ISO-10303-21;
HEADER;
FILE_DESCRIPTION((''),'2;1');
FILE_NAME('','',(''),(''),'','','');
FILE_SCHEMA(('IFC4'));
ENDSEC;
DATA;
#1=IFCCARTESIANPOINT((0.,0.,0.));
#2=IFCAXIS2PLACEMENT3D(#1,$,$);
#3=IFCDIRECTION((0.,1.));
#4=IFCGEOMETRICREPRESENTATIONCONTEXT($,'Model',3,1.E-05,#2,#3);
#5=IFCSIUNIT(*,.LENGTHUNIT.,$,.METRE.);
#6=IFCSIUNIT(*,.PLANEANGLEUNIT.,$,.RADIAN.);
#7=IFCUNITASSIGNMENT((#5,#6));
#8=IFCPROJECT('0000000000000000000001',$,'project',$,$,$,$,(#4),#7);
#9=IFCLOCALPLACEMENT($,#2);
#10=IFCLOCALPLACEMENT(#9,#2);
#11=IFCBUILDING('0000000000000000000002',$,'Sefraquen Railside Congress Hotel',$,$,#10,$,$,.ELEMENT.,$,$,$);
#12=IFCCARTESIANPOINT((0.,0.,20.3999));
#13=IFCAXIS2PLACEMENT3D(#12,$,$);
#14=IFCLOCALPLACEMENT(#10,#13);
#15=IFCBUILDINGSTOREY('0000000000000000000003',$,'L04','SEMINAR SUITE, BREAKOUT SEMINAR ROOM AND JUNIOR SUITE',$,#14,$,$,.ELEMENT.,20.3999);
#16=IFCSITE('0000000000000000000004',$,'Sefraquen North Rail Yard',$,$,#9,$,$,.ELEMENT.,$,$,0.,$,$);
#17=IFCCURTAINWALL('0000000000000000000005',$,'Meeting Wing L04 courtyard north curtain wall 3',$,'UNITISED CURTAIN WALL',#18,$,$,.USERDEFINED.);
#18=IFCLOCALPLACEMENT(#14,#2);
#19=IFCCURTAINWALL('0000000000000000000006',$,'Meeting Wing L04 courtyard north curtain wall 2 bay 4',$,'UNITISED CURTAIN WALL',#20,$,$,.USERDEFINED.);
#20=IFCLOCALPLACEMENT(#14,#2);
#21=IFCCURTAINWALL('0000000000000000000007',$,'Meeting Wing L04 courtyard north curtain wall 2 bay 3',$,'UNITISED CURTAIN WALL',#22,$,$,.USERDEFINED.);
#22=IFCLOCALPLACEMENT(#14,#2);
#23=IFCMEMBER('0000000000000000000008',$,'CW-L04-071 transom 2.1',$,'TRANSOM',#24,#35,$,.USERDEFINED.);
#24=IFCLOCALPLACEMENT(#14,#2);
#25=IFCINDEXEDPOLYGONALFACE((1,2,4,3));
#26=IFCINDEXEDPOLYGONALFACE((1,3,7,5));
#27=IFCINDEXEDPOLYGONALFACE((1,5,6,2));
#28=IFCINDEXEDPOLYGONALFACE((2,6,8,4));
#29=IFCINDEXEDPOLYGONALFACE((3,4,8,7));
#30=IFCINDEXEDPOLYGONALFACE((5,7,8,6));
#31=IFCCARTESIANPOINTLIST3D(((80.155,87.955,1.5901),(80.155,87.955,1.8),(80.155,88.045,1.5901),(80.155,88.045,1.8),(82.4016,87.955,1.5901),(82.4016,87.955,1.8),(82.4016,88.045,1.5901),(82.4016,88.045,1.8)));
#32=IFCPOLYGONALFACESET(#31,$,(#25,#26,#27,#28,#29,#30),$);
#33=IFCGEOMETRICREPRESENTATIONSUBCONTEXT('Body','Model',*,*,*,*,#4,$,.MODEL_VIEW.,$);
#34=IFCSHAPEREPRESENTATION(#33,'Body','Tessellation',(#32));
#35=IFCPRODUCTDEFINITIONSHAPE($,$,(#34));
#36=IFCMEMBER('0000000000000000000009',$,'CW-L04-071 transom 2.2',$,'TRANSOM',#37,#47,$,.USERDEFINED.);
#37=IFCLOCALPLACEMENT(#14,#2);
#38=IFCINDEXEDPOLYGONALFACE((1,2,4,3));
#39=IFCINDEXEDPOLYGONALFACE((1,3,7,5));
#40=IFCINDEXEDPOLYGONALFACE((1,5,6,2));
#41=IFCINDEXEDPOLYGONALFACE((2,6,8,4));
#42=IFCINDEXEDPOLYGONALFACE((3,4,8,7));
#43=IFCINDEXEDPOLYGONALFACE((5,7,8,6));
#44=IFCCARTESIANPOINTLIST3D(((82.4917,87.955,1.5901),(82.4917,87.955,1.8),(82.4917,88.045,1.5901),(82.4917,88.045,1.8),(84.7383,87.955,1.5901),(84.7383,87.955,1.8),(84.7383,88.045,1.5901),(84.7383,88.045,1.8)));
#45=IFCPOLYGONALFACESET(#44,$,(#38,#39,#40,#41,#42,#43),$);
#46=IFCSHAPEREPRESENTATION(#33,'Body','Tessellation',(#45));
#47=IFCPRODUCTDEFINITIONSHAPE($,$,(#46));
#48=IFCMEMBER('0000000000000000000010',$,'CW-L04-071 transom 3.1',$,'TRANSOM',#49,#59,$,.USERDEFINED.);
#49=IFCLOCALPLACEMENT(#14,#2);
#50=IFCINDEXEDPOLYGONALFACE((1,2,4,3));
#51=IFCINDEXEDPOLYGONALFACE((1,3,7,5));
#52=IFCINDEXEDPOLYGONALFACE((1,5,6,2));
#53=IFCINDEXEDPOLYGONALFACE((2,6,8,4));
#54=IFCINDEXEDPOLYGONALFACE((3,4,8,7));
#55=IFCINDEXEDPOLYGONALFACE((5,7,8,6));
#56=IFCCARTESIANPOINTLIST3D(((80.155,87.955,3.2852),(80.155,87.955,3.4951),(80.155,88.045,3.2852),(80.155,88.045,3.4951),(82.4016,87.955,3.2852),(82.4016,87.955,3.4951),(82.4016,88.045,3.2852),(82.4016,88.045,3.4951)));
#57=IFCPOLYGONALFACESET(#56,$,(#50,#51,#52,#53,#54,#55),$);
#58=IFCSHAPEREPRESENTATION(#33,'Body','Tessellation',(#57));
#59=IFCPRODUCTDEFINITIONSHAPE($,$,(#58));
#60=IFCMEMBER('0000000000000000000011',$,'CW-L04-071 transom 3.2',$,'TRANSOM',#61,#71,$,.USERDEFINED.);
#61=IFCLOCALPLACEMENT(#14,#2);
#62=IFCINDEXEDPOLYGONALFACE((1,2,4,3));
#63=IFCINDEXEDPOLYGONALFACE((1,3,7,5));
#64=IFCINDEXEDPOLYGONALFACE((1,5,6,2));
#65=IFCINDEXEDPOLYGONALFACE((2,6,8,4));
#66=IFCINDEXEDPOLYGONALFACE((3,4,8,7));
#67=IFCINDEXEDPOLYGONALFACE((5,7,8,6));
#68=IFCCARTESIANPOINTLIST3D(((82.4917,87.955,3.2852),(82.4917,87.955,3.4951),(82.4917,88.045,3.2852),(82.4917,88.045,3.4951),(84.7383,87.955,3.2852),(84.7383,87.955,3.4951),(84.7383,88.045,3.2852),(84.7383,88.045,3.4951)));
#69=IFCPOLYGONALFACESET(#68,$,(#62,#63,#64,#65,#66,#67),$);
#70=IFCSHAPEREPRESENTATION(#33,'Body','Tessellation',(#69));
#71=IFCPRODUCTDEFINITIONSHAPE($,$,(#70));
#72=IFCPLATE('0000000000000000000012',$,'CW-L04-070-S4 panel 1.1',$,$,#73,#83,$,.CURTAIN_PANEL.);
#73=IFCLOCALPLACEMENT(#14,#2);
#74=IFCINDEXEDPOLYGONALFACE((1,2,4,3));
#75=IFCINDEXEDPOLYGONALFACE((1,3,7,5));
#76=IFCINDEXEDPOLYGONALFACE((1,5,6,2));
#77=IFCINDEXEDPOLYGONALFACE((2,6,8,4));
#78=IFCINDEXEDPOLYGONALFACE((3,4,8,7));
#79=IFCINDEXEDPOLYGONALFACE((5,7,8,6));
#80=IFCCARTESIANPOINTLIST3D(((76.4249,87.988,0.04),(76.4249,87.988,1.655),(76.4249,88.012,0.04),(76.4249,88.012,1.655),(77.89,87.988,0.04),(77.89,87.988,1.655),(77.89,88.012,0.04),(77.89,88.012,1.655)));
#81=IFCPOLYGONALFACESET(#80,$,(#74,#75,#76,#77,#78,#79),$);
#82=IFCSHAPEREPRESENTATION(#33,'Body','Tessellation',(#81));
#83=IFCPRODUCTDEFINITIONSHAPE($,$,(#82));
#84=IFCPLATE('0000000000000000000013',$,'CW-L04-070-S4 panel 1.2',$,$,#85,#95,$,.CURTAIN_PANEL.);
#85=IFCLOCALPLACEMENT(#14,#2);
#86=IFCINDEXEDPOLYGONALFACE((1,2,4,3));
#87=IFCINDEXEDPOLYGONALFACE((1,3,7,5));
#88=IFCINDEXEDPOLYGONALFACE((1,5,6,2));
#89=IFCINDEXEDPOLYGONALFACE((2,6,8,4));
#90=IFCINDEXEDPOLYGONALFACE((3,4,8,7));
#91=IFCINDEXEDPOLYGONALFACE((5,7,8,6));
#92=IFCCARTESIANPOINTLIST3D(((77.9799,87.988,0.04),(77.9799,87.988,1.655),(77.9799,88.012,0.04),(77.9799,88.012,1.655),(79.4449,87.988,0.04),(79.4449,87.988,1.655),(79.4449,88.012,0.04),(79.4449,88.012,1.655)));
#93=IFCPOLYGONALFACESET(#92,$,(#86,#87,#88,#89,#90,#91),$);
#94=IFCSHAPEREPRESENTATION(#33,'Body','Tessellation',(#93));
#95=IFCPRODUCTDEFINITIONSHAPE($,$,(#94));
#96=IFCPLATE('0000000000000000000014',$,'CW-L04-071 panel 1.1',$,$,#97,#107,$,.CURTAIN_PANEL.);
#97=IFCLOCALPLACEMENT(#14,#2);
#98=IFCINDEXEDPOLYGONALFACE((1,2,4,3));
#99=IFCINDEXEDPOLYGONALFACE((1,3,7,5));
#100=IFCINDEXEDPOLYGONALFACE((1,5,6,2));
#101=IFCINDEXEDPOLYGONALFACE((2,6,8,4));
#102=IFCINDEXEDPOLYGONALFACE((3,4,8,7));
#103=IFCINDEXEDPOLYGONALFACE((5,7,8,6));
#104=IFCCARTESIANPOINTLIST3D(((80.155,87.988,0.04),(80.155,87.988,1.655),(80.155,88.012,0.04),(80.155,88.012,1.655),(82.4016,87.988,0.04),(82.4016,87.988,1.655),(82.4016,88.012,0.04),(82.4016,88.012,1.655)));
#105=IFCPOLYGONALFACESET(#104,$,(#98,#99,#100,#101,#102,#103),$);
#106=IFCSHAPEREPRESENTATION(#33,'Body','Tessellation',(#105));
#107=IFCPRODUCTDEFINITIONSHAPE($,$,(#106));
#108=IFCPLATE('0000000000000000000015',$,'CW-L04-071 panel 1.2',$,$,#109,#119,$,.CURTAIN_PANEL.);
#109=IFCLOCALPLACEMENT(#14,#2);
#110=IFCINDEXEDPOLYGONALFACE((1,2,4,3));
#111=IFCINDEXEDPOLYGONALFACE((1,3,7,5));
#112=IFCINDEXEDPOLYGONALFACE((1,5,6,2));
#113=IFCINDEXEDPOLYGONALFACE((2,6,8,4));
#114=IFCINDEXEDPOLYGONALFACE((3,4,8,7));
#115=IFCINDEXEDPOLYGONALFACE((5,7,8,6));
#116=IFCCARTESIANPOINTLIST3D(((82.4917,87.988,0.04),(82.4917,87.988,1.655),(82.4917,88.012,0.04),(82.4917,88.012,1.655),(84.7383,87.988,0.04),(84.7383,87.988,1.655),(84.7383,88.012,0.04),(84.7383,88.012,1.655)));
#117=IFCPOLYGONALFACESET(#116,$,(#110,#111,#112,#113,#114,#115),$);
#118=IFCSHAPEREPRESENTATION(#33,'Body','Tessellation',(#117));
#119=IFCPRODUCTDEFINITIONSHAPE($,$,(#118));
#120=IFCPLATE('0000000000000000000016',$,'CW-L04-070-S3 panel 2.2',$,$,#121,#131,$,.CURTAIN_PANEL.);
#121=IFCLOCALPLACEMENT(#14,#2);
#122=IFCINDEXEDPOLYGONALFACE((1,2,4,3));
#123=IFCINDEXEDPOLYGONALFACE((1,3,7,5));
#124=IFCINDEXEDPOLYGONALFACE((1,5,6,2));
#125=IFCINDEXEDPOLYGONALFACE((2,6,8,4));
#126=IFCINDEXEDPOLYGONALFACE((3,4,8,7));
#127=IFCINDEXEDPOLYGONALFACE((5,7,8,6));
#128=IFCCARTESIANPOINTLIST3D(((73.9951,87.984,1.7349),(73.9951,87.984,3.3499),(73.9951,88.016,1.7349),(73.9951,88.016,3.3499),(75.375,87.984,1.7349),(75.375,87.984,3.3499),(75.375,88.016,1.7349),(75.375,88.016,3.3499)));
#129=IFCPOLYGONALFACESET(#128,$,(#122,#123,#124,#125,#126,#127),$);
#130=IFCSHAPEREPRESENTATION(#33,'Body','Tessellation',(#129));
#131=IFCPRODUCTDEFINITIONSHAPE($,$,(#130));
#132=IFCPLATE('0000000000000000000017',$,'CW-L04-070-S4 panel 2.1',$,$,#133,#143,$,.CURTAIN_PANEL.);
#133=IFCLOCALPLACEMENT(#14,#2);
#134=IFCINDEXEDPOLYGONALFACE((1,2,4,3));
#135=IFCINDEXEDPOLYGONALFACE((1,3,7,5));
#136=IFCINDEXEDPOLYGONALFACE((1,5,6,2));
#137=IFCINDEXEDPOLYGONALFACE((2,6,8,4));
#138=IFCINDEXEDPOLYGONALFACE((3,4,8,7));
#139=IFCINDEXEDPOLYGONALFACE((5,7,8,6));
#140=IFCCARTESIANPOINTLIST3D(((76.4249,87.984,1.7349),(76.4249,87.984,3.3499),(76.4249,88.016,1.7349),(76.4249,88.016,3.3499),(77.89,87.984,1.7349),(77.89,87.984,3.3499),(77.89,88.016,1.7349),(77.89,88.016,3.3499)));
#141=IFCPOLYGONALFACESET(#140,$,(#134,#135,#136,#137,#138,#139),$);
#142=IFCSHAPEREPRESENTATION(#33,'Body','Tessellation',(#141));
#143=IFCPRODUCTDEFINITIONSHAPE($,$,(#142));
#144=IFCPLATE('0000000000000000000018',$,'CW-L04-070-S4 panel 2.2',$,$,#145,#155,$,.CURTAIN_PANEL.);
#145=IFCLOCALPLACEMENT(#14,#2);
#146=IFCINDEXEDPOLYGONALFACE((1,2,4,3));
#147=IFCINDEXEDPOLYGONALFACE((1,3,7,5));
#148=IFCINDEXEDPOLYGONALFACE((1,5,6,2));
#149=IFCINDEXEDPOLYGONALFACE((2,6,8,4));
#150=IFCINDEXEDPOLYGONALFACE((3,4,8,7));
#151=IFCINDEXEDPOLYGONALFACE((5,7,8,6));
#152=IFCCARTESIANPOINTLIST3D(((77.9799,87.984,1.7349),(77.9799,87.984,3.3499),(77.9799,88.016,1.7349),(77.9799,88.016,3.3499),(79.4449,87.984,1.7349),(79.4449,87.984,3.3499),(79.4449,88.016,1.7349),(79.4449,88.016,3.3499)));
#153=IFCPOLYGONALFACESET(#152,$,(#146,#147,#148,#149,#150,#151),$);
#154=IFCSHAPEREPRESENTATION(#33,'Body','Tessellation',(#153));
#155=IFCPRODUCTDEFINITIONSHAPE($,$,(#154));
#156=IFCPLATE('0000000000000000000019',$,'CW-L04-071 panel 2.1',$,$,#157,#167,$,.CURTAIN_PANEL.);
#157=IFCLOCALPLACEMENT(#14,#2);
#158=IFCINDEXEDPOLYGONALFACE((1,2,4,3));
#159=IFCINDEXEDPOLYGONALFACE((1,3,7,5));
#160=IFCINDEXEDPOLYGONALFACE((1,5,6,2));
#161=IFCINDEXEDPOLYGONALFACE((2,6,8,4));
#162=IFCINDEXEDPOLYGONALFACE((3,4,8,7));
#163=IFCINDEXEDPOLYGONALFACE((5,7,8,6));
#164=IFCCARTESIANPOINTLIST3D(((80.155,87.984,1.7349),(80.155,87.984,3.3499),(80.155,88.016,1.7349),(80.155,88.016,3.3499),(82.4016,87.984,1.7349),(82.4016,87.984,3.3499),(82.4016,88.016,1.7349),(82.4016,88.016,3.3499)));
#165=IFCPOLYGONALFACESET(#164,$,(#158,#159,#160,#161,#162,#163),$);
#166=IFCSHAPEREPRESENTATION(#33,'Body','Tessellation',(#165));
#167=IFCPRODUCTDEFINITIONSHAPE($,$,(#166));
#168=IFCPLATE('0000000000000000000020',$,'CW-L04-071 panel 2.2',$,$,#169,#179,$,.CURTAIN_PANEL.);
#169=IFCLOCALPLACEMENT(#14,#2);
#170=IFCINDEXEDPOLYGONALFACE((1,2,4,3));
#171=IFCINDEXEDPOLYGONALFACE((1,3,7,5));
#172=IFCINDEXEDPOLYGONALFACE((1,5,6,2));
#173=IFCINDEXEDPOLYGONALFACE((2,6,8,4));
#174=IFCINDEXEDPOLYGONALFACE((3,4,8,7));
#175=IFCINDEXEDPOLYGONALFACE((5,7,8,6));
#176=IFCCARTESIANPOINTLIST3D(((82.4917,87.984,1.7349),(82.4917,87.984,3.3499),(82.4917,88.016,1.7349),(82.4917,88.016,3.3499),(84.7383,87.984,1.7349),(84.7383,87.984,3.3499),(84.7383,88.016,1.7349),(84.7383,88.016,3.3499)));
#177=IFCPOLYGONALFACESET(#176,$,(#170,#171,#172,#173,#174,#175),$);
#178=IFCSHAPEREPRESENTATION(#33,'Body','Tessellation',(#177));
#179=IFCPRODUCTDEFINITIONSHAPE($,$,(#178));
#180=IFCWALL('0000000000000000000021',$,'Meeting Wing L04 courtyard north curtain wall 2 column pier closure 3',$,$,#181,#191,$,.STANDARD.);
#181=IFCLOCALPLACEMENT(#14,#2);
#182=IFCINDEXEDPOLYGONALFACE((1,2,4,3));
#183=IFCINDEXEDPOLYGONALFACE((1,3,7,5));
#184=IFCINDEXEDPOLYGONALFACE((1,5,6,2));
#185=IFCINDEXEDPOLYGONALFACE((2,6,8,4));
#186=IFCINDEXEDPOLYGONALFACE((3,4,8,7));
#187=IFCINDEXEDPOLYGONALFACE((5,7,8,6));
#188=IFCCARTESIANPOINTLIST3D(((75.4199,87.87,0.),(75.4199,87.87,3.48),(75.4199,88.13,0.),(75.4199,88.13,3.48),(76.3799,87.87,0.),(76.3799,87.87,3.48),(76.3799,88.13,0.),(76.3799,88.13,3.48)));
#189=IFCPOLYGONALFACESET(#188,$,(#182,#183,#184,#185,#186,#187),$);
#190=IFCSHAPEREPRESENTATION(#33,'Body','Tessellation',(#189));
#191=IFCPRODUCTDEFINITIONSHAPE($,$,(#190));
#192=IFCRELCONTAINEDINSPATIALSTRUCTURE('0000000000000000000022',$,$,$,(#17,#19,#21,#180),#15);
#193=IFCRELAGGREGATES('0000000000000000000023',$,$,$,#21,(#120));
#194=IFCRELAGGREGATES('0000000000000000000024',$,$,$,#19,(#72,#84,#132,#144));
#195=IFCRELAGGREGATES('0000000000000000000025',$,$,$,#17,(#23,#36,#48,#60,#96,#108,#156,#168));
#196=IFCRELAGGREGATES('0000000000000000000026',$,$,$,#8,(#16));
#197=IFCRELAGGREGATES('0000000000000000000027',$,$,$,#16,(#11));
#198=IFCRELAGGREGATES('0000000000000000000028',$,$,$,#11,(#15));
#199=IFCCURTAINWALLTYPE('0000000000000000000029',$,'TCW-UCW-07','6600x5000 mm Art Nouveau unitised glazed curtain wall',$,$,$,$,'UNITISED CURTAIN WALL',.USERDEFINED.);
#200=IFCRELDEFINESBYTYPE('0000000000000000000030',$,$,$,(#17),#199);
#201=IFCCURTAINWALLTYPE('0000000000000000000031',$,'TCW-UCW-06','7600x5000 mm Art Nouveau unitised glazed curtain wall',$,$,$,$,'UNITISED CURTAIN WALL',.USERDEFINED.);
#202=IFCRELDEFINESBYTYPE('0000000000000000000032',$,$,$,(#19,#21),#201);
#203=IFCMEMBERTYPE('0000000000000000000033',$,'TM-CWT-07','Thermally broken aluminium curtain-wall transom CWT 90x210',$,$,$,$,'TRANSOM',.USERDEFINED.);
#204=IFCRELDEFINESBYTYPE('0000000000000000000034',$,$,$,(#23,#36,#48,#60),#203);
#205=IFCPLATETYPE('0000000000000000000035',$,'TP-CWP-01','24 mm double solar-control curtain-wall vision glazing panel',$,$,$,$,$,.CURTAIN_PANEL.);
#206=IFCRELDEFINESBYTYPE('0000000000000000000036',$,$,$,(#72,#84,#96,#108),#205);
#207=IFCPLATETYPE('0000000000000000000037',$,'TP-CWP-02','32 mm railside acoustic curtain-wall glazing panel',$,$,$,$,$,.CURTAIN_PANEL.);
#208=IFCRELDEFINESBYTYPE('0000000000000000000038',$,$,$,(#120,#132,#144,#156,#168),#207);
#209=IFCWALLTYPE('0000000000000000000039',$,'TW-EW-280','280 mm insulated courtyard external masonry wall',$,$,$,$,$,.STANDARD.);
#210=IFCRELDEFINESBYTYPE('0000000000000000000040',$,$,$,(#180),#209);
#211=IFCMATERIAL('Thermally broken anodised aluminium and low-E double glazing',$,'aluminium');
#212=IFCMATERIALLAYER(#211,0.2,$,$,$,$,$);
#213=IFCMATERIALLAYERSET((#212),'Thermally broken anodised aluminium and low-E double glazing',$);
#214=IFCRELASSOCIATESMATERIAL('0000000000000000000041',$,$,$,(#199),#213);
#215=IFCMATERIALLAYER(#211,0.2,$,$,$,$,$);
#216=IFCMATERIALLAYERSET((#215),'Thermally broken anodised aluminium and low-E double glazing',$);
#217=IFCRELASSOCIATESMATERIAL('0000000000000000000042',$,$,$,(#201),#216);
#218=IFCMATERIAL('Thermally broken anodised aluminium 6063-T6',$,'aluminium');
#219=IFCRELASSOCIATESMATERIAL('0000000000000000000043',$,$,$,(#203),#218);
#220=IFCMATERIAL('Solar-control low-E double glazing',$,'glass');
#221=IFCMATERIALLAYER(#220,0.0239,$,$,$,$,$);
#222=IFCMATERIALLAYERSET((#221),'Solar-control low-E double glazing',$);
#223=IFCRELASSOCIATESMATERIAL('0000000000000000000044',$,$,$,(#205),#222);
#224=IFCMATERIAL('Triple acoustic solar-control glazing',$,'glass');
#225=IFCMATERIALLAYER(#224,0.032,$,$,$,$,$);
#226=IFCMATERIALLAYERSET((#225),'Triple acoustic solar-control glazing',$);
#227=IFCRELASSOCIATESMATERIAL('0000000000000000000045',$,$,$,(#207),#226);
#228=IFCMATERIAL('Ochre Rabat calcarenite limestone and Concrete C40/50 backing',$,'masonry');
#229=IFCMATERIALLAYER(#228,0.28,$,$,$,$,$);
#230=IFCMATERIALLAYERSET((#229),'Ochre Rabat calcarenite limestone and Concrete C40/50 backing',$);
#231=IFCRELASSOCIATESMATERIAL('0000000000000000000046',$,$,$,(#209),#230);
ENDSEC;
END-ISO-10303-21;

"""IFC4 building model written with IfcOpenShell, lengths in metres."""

from ifc_helpers import new_model, si_unit, direction, frame, frame_2d, origin, origin_2d, place, context, subcontext, project, spatial, rectangle, extrude, material, layer, layer_set, material_profile, profile_set, type_object, element, aggregate, save


model = new_model("IFC4")

# Units and contexts
model_context = context("Model", 3, precision=1e-05, world=origin(), true_north=direction((0.0, 1.0)))
body_context = subcontext(model_context, "Body", "Model", "MODEL_VIEW")
ifc_project = project(units=[si_unit("LENGTHUNIT", "METRE"), si_unit("PLANEANGLEUNIT", "RADIAN")], contexts=[model_context])

# Site, building, storey
site_placement = place(None, origin())
site = spatial("IfcSite", under=ifc_project, at=site_placement, Name="Sefraquen North Rail Yard", CompositionType="ELEMENT", RefElevation=0.0)
building_placement = place(site_placement, origin())
building = spatial("IfcBuilding", under=site, at=building_placement, Name="Sefraquen Railside Congress Hotel", CompositionType="ELEMENT")
storey_placement = place(building_placement, frame((0.0, 0.0, 20.3999)))
storey = spatial("IfcBuildingStorey", under=building, at=storey_placement, Name="L04", Description="SEMINAR SUITE, BREAKOUT SEMINAR ROOM AND JUNIOR SUITE", CompositionType="ELEMENT", Elevation=20.3999)

# Curtain wall
ifc_material_1 = material(Name="Thermally broken anodised aluminium and low-E double glazing", Category="aluminium")
ifc_layer_1 = layer(ifc_material_1, 0.2)
ifc_layer_set_1 = layer_set([ifc_layer_1], Name="Thermally broken anodised aluminium and low-E double glazing")
curtain_wall_type_1 = type_object("IfcCurtainWallType", Name="TCW-UCW-07", Description="6600x5000 mm Art Nouveau unitised glazed curtain wall", ElementType="UNITISED CURTAIN WALL", PredefinedType="USERDEFINED", material=ifc_layer_set_1)
curtain_wall_1_placement = place(storey_placement, origin())
curtain_wall_1 = element("IfcCurtainWall", 1, at=curtain_wall_1_placement, inside=storey, type_object=curtain_wall_type_1, Name="Meeting Wing L04 courtyard north curtain wall 3", ObjectType="UNITISED CURTAIN WALL", PredefinedType="USERDEFINED")
ifc_material_2 = material(Name="Thermally broken anodised aluminium 6063-T6", Category="aluminium")

# Curtain walls
ifc_layer_2 = layer(ifc_material_1, 0.2)
ifc_layer_set_2 = layer_set([ifc_layer_2], Name="Thermally broken anodised aluminium and low-E double glazing")
curtain_wall_type_2 = type_object("IfcCurtainWallType", Name="TCW-UCW-06", Description="7600x5000 mm Art Nouveau unitised glazed curtain wall", ElementType="UNITISED CURTAIN WALL", PredefinedType="USERDEFINED", material=ifc_layer_set_2)
curtain_wall_2_placement = place(storey_placement, origin())
curtain_wall_2 = element("IfcCurtainWall", 2, at=curtain_wall_2_placement, inside=storey, type_object=curtain_wall_type_2, Name="Meeting Wing L04 courtyard north curtain wall 2 bay 4", ObjectType="UNITISED CURTAIN WALL", PredefinedType="USERDEFINED")
curtain_wall_3_placement = place(storey_placement, origin())
curtain_wall_3 = element("IfcCurtainWall", 3, at=curtain_wall_3_placement, inside=storey, type_object=curtain_wall_type_2, Name="Meeting Wing L04 courtyard north curtain wall 2 bay 3", ObjectType="UNITISED CURTAIN WALL", PredefinedType="USERDEFINED")

# Members
ifc_material_profile_1 = material_profile(ifc_material_2, rectangle(XDim=0.0901, YDim=0.21, at=origin_2d()), Name="CWT 90x210")
ifc_profile_set_1 = profile_set([ifc_material_profile_1], Name="Thermally broken anodised aluminium 6063-T6")
member_type_1 = type_object("IfcMemberType", Name="TM-CWT-07", Description="Thermally broken aluminium curtain-wall transom CWT 90x210", ElementType="TRANSOM", PredefinedType="USERDEFINED", material=ifc_profile_set_1)
member_1_placement = place(storey_placement, frame((80.155, 88.0, 1.6951), z_axis=(1.0, 0.0, 0.0), x_axis=(0.0, 1.0, 0.0)))
member_1 = element("IfcMember", 4, at=member_1_placement, type_object=member_type_1, Name="CW-L04-071 transom 2.1", ObjectType="TRANSOM", PredefinedType="USERDEFINED", context=body_context, shape_type="SweptSolid", body=[
    extrude(rectangle(XDim=0.0901, YDim=0.21, at=origin_2d()), origin(), (0.0, 0.0, 1.0), 2.2466),
])
member_2_placement = place(storey_placement, frame((82.4917, 88.0, 1.6951), z_axis=(1.0, 0.0, 0.0), x_axis=(0.0, 1.0, 0.0)))
member_2 = element("IfcMember", 5, at=member_2_placement, type_object=member_type_1, Name="CW-L04-071 transom 2.2", ObjectType="TRANSOM", PredefinedType="USERDEFINED", context=body_context, shape_type="SweptSolid", body=[
    extrude(rectangle(XDim=0.0901, YDim=0.21, at=origin_2d()), origin(), (0.0, 0.0, 1.0), 2.2466),
])
member_3_placement = place(storey_placement, frame((80.155, 88.0, 3.3901), z_axis=(1.0, 0.0, 0.0), x_axis=(0.0, 1.0, 0.0)))
member_3 = element("IfcMember", 6, at=member_3_placement, type_object=member_type_1, Name="CW-L04-071 transom 3.1", ObjectType="TRANSOM", PredefinedType="USERDEFINED", context=body_context, shape_type="SweptSolid", body=[
    extrude(rectangle(XDim=0.0901, YDim=0.21, at=origin_2d()), origin(), (0.0, 0.0, 1.0), 2.2466),
])
member_4_placement = place(storey_placement, frame((82.4917, 88.0, 3.3901), z_axis=(1.0, 0.0, 0.0), x_axis=(0.0, 1.0, 0.0)))
member_4 = element("IfcMember", 7, at=member_4_placement, type_object=member_type_1, Name="CW-L04-071 transom 3.2", ObjectType="TRANSOM", PredefinedType="USERDEFINED", context=body_context, shape_type="SweptSolid", body=[
    extrude(rectangle(XDim=0.0901, YDim=0.21, at=origin_2d()), origin(), (0.0, 0.0, 1.0), 2.2466),
])

# Plates
ifc_material_3 = material(Name="Solar-control low-E double glazing", Category="glass")
ifc_layer_3 = layer(ifc_material_3, 0.0239)
ifc_layer_set_3 = layer_set([ifc_layer_3], Name="Solar-control low-E double glazing")
plate_type_1 = type_object("IfcPlateType", Name="TP-CWP-01", Description="24 mm double solar-control curtain-wall vision glazing panel", PredefinedType="CURTAIN_PANEL", material=ifc_layer_set_3)
plate_1_placement = place(storey_placement, frame((77.1575, 88.0, 0.04), z_axis=(0.0, 0.0, 1.0), x_axis=(1.0, 0.0, 0.0)))
plate_1 = element("IfcPlate", 8, at=plate_1_placement, type_object=plate_type_1, Name="CW-L04-070-S4 panel 1.1", PredefinedType="CURTAIN_PANEL", context=body_context, shape_type="SweptSolid", body=[
    extrude(rectangle(XDim=1.4651, YDim=0.0239, at=origin_2d()), origin(), (0.0, 0.0, 1.0), 1.615),
])
plate_2_placement = place(storey_placement, frame((78.7124, 88.0, 0.04), z_axis=(0.0, 0.0, 1.0), x_axis=(1.0, 0.0, 0.0)))
plate_2 = element("IfcPlate", 9, at=plate_2_placement, type_object=plate_type_1, Name="CW-L04-070-S4 panel 1.2", PredefinedType="CURTAIN_PANEL", context=body_context, shape_type="SweptSolid", body=[
    extrude(rectangle(XDim=1.4651, YDim=0.0239, at=origin_2d()), origin(), (0.0, 0.0, 1.0), 1.615),
])
plate_3_placement = place(storey_placement, frame((81.2783, 88.0, 0.04), z_axis=(0.0, 0.0, 1.0), x_axis=(1.0, 0.0, 0.0)))
plate_3 = element("IfcPlate", 10, at=plate_3_placement, type_object=plate_type_1, Name="CW-L04-071 panel 1.1", PredefinedType="CURTAIN_PANEL", context=body_context, shape_type="SweptSolid", body=[
    extrude(rectangle(XDim=2.2466, YDim=0.0239, at=origin_2d()), origin(), (0.0, 0.0, 1.0), 1.615),
])
plate_4_placement = place(storey_placement, frame((83.615, 88.0, 0.04), z_axis=(0.0, 0.0, 1.0), x_axis=(1.0, 0.0, 0.0)))
plate_4 = element("IfcPlate", 11, at=plate_4_placement, type_object=plate_type_1, Name="CW-L04-071 panel 1.2", PredefinedType="CURTAIN_PANEL", context=body_context, shape_type="SweptSolid", body=[
    extrude(rectangle(XDim=2.2466, YDim=0.0239, at=origin_2d()), origin(), (0.0, 0.0, 1.0), 1.615),
])
ifc_material_4 = material(Name="Triple acoustic solar-control glazing", Category="glass")
ifc_layer_4 = layer(ifc_material_4, 0.032)
ifc_layer_set_4 = layer_set([ifc_layer_4], Name="Triple acoustic solar-control glazing")
plate_type_2 = type_object("IfcPlateType", Name="TP-CWP-02", Description="32 mm railside acoustic curtain-wall glazing panel", PredefinedType="CURTAIN_PANEL", material=ifc_layer_set_4)
plate_5_placement = place(storey_placement, frame((74.6851, 88.0, 1.7349), z_axis=(0.0, 0.0, 1.0), x_axis=(1.0, 0.0, 0.0)))
plate_5 = element("IfcPlate", 12, at=plate_5_placement, type_object=plate_type_2, Name="CW-L04-070-S3 panel 2.2", PredefinedType="CURTAIN_PANEL", context=body_context, shape_type="SweptSolid", body=[
    extrude(rectangle(XDim=1.3799, YDim=0.032, at=origin_2d()), origin(), (0.0, 0.0, 1.0), 1.615),
])
aggregate(curtain_wall_3, [plate_5])
plate_6_placement = place(storey_placement, frame((77.1575, 88.0, 1.7349), z_axis=(0.0, 0.0, 1.0), x_axis=(1.0, 0.0, 0.0)))
plate_6 = element("IfcPlate", 13, at=plate_6_placement, type_object=plate_type_2, Name="CW-L04-070-S4 panel 2.1", PredefinedType="CURTAIN_PANEL", context=body_context, shape_type="SweptSolid", body=[
    extrude(rectangle(XDim=1.4651, YDim=0.032, at=origin_2d()), origin(), (0.0, 0.0, 1.0), 1.615),
])
plate_7_placement = place(storey_placement, frame((78.7124, 88.0, 1.7349), z_axis=(0.0, 0.0, 1.0), x_axis=(1.0, 0.0, 0.0)))
plate_7 = element("IfcPlate", 14, at=plate_7_placement, type_object=plate_type_2, Name="CW-L04-070-S4 panel 2.2", PredefinedType="CURTAIN_PANEL", context=body_context, shape_type="SweptSolid", body=[
    extrude(rectangle(XDim=1.4651, YDim=0.032, at=origin_2d()), origin(), (0.0, 0.0, 1.0), 1.615),
])
aggregate(curtain_wall_2, [plate_1, plate_2, plate_6, plate_7])
plate_8_placement = place(storey_placement, frame((81.2783, 88.0, 1.7349), z_axis=(0.0, 0.0, 1.0), x_axis=(1.0, 0.0, 0.0)))
plate_8 = element("IfcPlate", 15, at=plate_8_placement, type_object=plate_type_2, Name="CW-L04-071 panel 2.1", PredefinedType="CURTAIN_PANEL", context=body_context, shape_type="SweptSolid", body=[
    extrude(rectangle(XDim=2.2466, YDim=0.032, at=origin_2d()), origin(), (0.0, 0.0, 1.0), 1.615),
])
plate_9_placement = place(storey_placement, frame((83.615, 88.0, 1.7349), z_axis=(0.0, 0.0, 1.0), x_axis=(1.0, 0.0, 0.0)))
plate_9 = element("IfcPlate", 16, at=plate_9_placement, type_object=plate_type_2, Name="CW-L04-071 panel 2.2", PredefinedType="CURTAIN_PANEL", context=body_context, shape_type="SweptSolid", body=[
    extrude(rectangle(XDim=2.2466, YDim=0.032, at=origin_2d()), origin(), (0.0, 0.0, 1.0), 1.615),
])
aggregate(curtain_wall_1, [member_1, member_2, member_3, member_4, plate_3, plate_4, plate_8, plate_9])

# Wall
ifc_material_5 = material(Name="Ochre Rabat calcarenite limestone and Concrete C40/50 backing", Category="masonry")
ifc_layer_5 = layer(ifc_material_5, 0.28)
ifc_layer_set_5 = layer_set([ifc_layer_5], Name="Ochre Rabat calcarenite limestone and Concrete C40/50 backing")
wall_type = type_object("IfcWallType", Name="TW-EW-280", Description="280 mm insulated courtyard external masonry wall", PredefinedType="STANDARD", material=ifc_layer_set_5)
wall_placement = place(storey_placement, frame((75.4199, 88.0, 0.0), z_axis=(0.0, 0.0, 1.0), x_axis=(1.0, 0.0, 0.0)))
element("IfcWall", 17, at=wall_placement, inside=storey, type_object=wall_type, Name="Meeting Wing L04 courtyard north curtain wall 2 column pier closure 3", PredefinedType="STANDARD", context=body_context, shape_type="SweptSolid", body=[
    extrude(rectangle(XDim=0.96, YDim=0.26, at=frame_2d((0.48, 0.0))), origin(), (0.0, 0.0, 1.0), 3.48),
])

save(model, "model.ifc")
